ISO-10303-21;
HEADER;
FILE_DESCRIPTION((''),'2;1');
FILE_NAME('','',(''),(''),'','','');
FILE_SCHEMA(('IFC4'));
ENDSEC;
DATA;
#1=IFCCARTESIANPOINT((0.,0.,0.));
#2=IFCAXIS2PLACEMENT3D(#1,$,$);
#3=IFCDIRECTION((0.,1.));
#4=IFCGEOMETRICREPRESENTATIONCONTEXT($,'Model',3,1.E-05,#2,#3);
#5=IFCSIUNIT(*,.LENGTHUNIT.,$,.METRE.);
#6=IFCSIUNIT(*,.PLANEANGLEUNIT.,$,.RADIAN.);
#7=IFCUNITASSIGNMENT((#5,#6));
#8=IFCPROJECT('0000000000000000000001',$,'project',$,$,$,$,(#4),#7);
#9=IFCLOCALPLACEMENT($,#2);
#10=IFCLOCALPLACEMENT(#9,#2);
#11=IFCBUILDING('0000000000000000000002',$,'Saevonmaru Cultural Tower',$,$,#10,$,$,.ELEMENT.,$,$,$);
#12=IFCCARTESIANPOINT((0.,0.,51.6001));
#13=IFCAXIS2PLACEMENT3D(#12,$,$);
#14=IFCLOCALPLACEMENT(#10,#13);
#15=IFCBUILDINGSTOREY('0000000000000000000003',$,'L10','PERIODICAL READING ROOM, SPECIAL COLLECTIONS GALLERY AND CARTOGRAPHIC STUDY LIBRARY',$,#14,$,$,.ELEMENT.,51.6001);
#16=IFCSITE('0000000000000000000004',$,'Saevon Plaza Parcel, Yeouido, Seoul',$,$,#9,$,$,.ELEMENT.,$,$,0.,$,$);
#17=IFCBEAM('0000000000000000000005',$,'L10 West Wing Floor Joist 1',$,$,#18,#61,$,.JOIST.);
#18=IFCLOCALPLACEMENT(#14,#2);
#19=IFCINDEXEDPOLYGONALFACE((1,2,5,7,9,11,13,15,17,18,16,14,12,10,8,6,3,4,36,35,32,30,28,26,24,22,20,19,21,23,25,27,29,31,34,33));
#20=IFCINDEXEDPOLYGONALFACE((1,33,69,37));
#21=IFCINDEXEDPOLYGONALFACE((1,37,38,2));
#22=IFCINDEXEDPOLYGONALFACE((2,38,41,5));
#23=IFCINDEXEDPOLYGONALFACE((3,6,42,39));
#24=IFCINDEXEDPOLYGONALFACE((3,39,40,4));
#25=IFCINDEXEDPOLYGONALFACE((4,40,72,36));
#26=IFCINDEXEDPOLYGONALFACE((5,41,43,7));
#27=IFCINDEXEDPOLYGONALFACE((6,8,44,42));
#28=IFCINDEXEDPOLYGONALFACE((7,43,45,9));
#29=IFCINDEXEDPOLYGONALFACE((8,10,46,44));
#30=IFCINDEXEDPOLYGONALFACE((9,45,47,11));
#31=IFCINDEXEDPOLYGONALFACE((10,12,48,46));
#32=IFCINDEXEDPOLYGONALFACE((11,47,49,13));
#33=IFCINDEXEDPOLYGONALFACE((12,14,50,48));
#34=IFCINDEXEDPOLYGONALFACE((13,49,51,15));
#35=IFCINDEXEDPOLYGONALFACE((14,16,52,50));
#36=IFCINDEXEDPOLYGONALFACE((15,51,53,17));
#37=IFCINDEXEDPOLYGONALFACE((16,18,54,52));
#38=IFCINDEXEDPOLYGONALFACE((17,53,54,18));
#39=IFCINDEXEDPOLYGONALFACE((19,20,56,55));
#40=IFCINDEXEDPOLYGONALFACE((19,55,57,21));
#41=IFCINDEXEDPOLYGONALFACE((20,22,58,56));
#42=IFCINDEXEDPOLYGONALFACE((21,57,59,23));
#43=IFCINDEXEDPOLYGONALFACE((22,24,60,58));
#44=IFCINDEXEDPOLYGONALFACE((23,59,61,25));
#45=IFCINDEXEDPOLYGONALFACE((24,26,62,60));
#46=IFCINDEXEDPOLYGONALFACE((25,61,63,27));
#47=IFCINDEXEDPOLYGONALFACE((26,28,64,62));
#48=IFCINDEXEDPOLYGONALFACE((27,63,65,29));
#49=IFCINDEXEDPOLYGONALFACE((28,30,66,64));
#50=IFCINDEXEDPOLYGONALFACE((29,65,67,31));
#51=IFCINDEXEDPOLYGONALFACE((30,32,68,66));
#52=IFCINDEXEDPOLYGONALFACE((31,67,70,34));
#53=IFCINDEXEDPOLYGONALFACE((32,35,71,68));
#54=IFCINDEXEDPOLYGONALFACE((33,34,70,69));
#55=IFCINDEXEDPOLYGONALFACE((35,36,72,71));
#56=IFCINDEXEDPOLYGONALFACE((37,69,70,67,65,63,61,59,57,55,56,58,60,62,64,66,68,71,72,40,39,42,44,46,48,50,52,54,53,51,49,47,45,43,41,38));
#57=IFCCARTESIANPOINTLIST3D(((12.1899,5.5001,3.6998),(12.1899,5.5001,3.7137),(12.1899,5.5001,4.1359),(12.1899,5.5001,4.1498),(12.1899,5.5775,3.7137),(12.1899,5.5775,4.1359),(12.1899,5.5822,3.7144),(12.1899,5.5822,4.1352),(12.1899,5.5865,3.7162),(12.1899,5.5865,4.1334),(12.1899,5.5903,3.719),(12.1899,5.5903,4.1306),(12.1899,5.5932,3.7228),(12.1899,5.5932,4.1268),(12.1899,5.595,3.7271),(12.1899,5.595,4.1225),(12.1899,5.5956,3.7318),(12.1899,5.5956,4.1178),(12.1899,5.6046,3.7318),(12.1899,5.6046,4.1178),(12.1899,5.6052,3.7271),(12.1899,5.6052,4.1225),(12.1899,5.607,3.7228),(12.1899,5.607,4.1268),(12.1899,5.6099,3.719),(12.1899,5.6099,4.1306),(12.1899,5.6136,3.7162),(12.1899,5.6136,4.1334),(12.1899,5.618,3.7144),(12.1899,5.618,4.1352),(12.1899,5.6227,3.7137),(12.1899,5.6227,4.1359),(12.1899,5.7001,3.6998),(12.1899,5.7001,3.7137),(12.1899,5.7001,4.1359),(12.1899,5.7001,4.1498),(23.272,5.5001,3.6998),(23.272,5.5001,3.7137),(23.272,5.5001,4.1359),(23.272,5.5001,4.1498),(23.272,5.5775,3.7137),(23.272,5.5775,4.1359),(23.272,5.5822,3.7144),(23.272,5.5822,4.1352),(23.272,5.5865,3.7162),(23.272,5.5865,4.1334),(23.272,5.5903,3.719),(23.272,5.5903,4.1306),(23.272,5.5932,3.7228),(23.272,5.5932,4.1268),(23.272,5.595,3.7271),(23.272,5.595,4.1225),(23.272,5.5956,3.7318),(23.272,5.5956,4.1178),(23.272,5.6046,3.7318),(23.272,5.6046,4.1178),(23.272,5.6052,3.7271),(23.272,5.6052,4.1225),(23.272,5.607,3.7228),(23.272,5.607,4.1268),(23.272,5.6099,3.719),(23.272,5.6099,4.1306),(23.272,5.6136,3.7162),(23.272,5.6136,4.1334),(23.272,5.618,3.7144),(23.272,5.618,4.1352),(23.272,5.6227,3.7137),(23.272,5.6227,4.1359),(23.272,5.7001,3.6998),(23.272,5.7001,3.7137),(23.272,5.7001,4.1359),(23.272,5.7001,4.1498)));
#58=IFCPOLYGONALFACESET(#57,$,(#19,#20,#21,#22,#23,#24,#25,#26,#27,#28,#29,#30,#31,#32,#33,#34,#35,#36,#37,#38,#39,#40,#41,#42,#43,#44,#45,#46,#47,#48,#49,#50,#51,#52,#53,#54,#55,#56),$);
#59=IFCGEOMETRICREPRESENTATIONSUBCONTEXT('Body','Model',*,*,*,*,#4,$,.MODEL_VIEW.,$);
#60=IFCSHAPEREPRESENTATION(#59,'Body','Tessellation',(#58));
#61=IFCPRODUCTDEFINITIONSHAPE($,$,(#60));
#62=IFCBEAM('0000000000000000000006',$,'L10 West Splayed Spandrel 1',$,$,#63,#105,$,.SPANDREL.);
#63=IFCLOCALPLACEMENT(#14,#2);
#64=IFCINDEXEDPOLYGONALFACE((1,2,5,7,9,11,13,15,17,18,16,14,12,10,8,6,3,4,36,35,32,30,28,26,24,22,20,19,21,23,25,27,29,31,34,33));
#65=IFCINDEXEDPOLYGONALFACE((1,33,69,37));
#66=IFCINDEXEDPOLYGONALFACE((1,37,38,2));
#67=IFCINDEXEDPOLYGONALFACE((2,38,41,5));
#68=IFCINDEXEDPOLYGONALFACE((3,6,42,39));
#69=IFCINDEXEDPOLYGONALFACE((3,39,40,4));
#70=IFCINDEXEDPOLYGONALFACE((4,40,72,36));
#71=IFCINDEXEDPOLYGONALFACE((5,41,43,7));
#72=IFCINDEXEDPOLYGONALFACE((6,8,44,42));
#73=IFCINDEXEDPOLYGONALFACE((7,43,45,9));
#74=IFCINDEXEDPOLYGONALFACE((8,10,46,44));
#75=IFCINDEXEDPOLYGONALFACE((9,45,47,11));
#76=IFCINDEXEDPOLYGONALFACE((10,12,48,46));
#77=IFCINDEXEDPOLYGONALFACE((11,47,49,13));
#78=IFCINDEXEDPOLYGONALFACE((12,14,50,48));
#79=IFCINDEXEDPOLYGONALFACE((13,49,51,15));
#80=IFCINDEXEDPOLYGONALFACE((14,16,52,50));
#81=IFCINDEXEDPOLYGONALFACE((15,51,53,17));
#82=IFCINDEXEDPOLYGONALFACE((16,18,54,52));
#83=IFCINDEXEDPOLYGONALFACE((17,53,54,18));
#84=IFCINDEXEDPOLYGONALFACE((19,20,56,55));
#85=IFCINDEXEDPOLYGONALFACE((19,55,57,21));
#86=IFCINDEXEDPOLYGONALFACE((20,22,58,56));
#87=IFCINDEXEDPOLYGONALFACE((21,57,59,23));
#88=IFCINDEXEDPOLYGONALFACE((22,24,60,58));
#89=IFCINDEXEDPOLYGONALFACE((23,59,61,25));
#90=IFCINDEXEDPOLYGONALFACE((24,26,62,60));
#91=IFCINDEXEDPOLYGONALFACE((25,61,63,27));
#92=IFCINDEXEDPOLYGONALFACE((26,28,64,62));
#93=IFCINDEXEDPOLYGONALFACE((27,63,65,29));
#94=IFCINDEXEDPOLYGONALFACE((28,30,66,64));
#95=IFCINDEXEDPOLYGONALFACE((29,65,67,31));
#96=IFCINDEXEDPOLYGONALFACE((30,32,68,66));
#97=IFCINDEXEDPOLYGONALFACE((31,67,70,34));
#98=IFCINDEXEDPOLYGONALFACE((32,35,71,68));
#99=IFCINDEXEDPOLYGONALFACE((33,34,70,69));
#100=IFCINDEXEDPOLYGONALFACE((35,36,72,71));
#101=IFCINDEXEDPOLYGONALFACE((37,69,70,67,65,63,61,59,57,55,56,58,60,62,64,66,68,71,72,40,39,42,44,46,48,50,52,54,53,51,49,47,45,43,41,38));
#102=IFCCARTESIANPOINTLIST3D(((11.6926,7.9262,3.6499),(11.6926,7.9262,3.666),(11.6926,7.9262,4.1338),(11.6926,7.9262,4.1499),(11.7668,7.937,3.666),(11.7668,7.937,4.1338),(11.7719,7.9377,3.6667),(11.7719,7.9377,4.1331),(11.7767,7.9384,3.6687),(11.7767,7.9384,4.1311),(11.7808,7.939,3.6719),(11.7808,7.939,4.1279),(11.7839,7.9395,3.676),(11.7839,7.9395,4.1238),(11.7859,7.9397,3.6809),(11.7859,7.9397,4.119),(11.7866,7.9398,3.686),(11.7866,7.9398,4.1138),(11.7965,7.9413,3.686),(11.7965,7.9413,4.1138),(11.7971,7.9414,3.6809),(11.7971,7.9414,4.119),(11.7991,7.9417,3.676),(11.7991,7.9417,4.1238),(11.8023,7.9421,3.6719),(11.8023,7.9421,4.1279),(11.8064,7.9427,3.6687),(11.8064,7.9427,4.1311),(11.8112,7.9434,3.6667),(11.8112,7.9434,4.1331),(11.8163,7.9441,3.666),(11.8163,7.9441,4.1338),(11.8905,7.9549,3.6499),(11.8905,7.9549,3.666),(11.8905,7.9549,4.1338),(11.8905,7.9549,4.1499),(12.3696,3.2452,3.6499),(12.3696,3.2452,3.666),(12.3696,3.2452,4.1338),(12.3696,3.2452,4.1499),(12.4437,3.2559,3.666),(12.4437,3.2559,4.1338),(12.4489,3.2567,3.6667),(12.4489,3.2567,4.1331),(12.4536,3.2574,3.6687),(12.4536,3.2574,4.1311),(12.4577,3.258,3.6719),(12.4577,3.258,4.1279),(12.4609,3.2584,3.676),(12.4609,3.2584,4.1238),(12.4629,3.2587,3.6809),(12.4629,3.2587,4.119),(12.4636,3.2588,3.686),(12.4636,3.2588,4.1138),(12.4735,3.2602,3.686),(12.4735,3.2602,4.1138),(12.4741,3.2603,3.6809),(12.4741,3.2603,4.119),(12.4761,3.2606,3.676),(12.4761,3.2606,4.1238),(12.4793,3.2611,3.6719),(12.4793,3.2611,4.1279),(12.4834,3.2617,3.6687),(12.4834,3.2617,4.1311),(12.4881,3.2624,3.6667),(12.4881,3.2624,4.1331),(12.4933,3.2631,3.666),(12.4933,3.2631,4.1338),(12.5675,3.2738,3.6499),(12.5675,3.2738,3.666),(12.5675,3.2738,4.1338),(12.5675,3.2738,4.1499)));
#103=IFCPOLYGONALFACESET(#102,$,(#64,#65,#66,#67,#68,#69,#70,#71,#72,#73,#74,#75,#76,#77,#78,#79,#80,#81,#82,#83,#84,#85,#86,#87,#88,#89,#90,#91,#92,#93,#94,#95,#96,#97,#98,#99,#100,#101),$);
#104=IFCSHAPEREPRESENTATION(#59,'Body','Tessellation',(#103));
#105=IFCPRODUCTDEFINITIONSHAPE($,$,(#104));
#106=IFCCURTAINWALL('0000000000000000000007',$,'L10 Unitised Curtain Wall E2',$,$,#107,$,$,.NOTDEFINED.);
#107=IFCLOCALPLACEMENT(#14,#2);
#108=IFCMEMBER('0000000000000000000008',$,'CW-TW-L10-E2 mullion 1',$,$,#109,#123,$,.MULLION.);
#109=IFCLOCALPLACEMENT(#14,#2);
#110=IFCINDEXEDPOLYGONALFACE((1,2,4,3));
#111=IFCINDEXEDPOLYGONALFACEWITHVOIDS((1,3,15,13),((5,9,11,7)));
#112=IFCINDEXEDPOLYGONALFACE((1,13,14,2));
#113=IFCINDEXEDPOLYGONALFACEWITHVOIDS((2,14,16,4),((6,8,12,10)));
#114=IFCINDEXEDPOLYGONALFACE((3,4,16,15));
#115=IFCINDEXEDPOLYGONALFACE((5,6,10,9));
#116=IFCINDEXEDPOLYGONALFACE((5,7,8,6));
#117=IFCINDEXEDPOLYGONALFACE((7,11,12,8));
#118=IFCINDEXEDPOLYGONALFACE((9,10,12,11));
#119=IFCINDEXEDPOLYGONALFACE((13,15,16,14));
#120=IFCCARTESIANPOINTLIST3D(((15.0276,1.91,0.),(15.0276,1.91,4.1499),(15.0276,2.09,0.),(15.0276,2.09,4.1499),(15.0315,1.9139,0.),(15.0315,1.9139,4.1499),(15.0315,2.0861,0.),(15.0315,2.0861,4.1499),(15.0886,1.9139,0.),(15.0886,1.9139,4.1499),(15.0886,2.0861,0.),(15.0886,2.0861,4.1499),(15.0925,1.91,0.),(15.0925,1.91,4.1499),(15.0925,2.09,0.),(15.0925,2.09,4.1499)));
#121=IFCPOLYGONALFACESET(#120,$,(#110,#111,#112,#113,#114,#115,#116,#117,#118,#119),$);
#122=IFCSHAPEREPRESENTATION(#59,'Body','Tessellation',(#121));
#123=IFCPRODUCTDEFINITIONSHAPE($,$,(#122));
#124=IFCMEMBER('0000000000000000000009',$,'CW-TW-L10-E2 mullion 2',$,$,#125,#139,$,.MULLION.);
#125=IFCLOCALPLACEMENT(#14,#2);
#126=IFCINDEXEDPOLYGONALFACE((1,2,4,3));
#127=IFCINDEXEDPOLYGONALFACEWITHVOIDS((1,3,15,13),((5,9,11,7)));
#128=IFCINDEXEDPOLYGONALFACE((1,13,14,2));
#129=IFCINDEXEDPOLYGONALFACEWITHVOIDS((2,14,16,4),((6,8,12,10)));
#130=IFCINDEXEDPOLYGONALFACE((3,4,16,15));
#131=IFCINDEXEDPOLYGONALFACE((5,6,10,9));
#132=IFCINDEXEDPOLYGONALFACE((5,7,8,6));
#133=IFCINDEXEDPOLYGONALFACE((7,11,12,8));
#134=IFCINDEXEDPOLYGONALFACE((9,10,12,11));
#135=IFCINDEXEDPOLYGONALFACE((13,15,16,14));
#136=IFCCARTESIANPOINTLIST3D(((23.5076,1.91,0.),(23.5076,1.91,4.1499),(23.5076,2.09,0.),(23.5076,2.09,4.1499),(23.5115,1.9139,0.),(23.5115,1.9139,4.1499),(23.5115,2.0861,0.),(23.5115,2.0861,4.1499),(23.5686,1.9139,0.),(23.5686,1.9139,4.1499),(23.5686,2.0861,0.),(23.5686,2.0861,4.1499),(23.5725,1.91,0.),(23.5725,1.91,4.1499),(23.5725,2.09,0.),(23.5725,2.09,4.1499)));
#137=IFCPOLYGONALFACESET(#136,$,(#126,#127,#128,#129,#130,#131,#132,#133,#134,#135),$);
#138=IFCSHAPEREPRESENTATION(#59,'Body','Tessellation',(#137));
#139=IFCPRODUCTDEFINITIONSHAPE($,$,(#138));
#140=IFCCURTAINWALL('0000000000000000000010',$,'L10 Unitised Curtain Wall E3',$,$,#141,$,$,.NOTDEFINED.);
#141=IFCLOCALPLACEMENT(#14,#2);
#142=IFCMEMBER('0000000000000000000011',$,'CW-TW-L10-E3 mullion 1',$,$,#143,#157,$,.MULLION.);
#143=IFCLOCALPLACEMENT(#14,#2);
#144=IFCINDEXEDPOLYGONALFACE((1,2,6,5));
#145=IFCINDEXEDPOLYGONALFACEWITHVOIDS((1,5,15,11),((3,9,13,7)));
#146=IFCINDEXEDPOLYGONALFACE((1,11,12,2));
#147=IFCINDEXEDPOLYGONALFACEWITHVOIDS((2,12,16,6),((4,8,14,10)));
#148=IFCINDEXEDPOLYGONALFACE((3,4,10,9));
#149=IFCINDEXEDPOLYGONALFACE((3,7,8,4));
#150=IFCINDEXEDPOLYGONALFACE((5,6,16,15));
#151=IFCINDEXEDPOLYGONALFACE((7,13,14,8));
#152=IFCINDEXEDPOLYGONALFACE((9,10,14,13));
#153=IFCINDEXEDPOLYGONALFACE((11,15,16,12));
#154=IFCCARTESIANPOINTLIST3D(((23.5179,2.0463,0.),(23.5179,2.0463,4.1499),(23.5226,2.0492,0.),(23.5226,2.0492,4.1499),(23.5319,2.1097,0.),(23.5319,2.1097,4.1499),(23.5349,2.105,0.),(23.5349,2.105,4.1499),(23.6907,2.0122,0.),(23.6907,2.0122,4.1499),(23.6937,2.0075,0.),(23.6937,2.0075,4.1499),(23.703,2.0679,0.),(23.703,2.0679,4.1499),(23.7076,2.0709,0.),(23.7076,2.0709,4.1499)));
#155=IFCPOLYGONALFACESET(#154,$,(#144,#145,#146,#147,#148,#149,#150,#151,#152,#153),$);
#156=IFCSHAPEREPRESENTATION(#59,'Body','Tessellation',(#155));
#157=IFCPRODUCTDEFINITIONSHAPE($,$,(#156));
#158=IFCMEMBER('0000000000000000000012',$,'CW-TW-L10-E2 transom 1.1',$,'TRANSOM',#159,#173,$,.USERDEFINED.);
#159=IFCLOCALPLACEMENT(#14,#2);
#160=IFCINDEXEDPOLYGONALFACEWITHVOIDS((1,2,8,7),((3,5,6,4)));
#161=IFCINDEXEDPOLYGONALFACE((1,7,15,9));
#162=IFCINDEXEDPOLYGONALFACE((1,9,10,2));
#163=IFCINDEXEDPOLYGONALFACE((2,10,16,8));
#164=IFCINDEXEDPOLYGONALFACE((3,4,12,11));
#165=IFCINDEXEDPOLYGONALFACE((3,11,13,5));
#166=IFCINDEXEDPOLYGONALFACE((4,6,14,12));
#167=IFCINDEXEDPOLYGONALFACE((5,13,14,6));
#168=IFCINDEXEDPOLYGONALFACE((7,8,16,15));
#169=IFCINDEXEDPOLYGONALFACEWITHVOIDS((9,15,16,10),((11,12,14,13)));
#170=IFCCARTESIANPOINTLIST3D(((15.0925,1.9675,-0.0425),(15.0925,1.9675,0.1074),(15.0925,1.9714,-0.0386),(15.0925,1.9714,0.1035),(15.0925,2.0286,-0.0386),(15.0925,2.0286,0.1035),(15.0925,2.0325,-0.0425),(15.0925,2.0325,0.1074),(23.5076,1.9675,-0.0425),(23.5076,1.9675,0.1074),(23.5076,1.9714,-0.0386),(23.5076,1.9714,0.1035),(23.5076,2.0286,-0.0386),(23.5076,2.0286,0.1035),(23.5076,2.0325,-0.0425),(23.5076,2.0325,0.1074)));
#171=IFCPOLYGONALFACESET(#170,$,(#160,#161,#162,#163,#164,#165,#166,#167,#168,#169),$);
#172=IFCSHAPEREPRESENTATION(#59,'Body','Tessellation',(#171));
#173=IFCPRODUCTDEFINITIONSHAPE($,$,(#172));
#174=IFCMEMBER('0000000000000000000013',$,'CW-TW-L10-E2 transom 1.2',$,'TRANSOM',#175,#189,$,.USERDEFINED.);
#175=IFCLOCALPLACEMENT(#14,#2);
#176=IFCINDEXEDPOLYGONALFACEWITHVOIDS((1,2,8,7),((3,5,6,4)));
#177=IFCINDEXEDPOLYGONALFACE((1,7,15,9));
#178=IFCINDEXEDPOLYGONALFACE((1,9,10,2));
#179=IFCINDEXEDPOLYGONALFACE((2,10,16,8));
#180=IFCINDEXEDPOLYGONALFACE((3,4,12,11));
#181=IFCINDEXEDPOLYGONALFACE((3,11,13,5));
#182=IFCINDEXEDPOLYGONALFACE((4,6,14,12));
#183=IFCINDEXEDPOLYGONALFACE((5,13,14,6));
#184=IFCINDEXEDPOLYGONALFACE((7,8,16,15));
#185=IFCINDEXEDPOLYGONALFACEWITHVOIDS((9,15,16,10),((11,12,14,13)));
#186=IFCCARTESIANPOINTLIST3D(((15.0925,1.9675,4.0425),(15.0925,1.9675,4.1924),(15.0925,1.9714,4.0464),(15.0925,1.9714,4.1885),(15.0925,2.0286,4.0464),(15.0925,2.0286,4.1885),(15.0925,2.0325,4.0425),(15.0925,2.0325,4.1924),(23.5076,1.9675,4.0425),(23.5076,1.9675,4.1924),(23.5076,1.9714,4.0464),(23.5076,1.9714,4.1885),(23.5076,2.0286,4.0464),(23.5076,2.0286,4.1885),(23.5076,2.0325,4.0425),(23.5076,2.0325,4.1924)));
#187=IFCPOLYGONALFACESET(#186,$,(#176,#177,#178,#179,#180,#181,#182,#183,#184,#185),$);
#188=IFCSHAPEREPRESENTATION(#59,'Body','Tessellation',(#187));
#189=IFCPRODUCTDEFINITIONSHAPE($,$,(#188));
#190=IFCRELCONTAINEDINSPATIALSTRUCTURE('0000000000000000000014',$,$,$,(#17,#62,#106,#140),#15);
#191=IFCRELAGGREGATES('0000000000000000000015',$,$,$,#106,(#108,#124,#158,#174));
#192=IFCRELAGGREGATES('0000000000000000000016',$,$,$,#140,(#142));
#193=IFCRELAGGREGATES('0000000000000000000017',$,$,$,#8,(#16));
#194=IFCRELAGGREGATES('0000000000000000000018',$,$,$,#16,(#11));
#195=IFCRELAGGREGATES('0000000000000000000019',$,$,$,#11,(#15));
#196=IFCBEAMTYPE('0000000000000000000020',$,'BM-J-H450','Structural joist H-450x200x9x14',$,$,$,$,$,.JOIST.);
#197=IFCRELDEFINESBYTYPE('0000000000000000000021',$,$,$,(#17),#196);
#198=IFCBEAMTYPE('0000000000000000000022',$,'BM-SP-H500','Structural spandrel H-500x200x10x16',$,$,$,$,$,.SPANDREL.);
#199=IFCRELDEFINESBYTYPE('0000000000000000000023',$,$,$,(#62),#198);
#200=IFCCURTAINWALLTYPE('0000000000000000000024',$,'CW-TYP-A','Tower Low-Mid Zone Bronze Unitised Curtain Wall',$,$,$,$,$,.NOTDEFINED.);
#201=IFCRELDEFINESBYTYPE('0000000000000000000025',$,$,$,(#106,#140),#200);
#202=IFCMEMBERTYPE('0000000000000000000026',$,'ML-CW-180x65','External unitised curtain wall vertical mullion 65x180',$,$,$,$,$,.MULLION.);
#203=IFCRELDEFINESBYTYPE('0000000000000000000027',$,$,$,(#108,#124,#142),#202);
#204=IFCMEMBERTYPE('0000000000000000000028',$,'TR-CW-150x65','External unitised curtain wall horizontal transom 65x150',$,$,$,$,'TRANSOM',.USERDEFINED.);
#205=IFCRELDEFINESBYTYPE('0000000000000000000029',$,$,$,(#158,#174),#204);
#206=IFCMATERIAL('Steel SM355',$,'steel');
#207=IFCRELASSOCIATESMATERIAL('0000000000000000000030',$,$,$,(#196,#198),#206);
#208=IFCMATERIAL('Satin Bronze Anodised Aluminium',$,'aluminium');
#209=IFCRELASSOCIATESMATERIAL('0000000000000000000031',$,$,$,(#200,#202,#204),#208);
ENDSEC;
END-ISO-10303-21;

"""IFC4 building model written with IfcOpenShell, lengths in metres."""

from ifc_helpers import new_model, si_unit, direction, frame, origin, origin_2d, place, context, subcontext, project, spatial, hollow_rectangle, i_section, extrude, material, material_profile, profile_set, type_object, element, aggregate, save


model = new_model("IFC4")

# Units and contexts
model_context = context("Model", 3, precision=1e-05, world=origin(), true_north=direction((0.0, 1.0)))
body_context = subcontext(model_context, "Body", "Model", "MODEL_VIEW")
ifc_project = project(units=[si_unit("LENGTHUNIT", "METRE"), si_unit("PLANEANGLEUNIT", "RADIAN")], contexts=[model_context])

# Site, building, storey
site_placement = place(None, origin())
site = spatial("IfcSite", under=ifc_project, at=site_placement, Name="Saevon Plaza Parcel, Yeouido, Seoul", CompositionType="ELEMENT", RefElevation=0.0)
building_placement = place(site_placement, origin())
building = spatial("IfcBuilding", under=site, at=building_placement, Name="Saevonmaru Cultural Tower", CompositionType="ELEMENT")
storey_placement = place(building_placement, frame((0.0, 0.0, 51.6001)))
storey = spatial("IfcBuildingStorey", under=building, at=storey_placement, Name="L10", Description="PERIODICAL READING ROOM, SPECIAL COLLECTIONS GALLERY AND CARTOGRAPHIC STUDY LIBRARY", CompositionType="ELEMENT", Elevation=51.6001)

# Beams
ifc_material_1 = material(Name="Steel SM355", Category="steel")
ifc_material_profile_1 = material_profile(ifc_material_1, i_section(OverallWidth=0.2, OverallDepth=0.45, WebThickness=0.009, FlangeThickness=0.0139, FilletRadius=0.0181, at=origin_2d()), Name="H-450x200x9x14")
ifc_profile_set_1 = profile_set([ifc_material_profile_1], Name="Steel SM355")
beam_type_1 = type_object("IfcBeamType", Name="BM-J-H450", Description="Structural joist H-450x200x9x14", PredefinedType="JOIST", material=ifc_profile_set_1)
beam_1_placement = place(storey_placement, frame((12.1899, 5.6001, 3.9248), z_axis=(1.0, 0.0, 0.0), x_axis=(0.0, 1.0, 0.0)))
element("IfcBeam", 1, at=beam_1_placement, inside=storey, type_object=beam_type_1, Name="L10 West Wing Floor Joist 1", PredefinedType="JOIST", context=body_context, shape_type="SweptSolid", body=[
    extrude(i_section(OverallWidth=0.2, OverallDepth=0.45, WebThickness=0.009, FlangeThickness=0.0139, FilletRadius=0.0181, at=origin_2d()), origin(), (0.0, 0.0, 1.0), 11.082),
])
ifc_material_profile_2 = material_profile(ifc_material_1, i_section(OverallWidth=0.2, OverallDepth=0.5, WebThickness=0.01, FlangeThickness=0.0161, FilletRadius=0.02, at=origin_2d()), Name="H-500x200x10x16")
ifc_profile_set_2 = profile_set([ifc_material_profile_2], Name="Steel SM355")
beam_type_2 = type_object("IfcBeamType", Name="BM-SP-H500", Description="Structural spandrel H-500x200x10x16", PredefinedType="SPANDREL", material=ifc_profile_set_2)
beam_2_placement = place(storey_placement, frame((12.4685, 3.2595, 3.8999), z_axis=(-0.143134, 0.989703, 0.0), x_axis=(-0.989703, -0.143134, 0.0)))
element("IfcBeam", 2, at=beam_2_placement, inside=storey, type_object=beam_type_2, Name="L10 West Splayed Spandrel 1", PredefinedType="SPANDREL", context=body_context, shape_type="SweptSolid", body=[
    extrude(i_section(OverallWidth=0.2, OverallDepth=0.5, WebThickness=0.01, FlangeThickness=0.0161, FilletRadius=0.02, at=origin_2d()), origin(), (0.0, 0.0, 1.0), 4.7297),
])

# Curtain wall, members
ifc_material_2 = material(Name="Satin Bronze Anodised Aluminium", Category="aluminium")
curtain_wall_type = type_object("IfcCurtainWallType", Name="CW-TYP-A", Description="Tower Low-Mid Zone Bronze Unitised Curtain Wall", PredefinedType="NOTDEFINED", material=ifc_material_2)
curtain_wall_1_placement = place(storey_placement, origin())
curtain_wall_1 = element("IfcCurtainWall", 3, at=curtain_wall_1_placement, inside=storey, type_object=curtain_wall_type, Name="L10 Unitised Curtain Wall E2", PredefinedType="NOTDEFINED")
ifc_material_profile_3 = material_profile(ifc_material_2, hollow_rectangle(XDim=0.0649, YDim=0.1799, WallThickness=0.0039, at=origin_2d()), Name="ALU-MULL-180x65x4")
ifc_profile_set_3 = profile_set([ifc_material_profile_3], Name="Satin Bronze Anodised Aluminium")
member_type_1 = type_object("IfcMemberType", Name="ML-CW-180x65", Description="External unitised curtain wall vertical mullion 65x180", PredefinedType="MULLION", material=ifc_profile_set_3)
member_1_placement = place(storey_placement, frame((15.0601, 2.0, 0.0), z_axis=(0.0, 0.0, 1.0), x_axis=(1.0, 0.0, 0.0)))
member_1 = element("IfcMember", 4, at=member_1_placement, type_object=member_type_1, Name="CW-TW-L10-E2 mullion 1", PredefinedType="MULLION", context=body_context, shape_type="SweptSolid", body=[
    extrude(hollow_rectangle(XDim=0.0649, YDim=0.1799, WallThickness=0.0039, at=origin_2d()), origin(), (0.0, 0.0, 1.0), 4.1499),
])
member_2_placement = place(storey_placement, frame((23.54, 2.0, 0.0), z_axis=(0.0, 0.0, 1.0), x_axis=(1.0, 0.0, 0.0)))
member_2 = element("IfcMember", 5, at=member_2_placement, type_object=member_type_1, Name="CW-TW-L10-E2 mullion 2", PredefinedType="MULLION", context=body_context, shape_type="SweptSolid", body=[
    extrude(hollow_rectangle(XDim=0.0649, YDim=0.1799, WallThickness=0.0039, at=origin_2d()), origin(), (0.0, 0.0, 1.0), 4.1499),
])

# Curtain wall, member
curtain_wall_2_placement = place(storey_placement, origin())
curtain_wall_2 = element("IfcCurtainWall", 6, at=curtain_wall_2_placement, inside=storey, type_object=curtain_wall_type, Name="L10 Unitised Curtain Wall E3", PredefinedType="NOTDEFINED")
member_3_placement = place(storey_placement, frame((23.6128, 2.0586, 0.0), z_axis=(0.0, 0.0, 1.0), x_axis=(0.215413, 0.976523, 0.0)))
member_3 = element("IfcMember", 7, at=member_3_placement, type_object=member_type_1, Name="CW-TW-L10-E3 mullion 1", PredefinedType="MULLION", context=body_context, shape_type="SweptSolid", body=[
    extrude(hollow_rectangle(XDim=0.0649, YDim=0.1799, WallThickness=0.0039, at=origin_2d()), origin(), (0.0, 0.0, 1.0), 4.1499),
])

# Members
ifc_material_profile_4 = material_profile(ifc_material_2, hollow_rectangle(XDim=0.0649, YDim=0.1499, WallThickness=0.0039, at=origin_2d()), Name="ALU-TRAN-150x65x4")
ifc_profile_set_4 = profile_set([ifc_material_profile_4], Name="Satin Bronze Anodised Aluminium")
member_type_2 = type_object("IfcMemberType", Name="TR-CW-150x65", Description="External unitised curtain wall horizontal transom 65x150", ElementType="TRANSOM", PredefinedType="USERDEFINED", material=ifc_profile_set_4)
member_4_placement = place(storey_placement, frame((15.0925, 2.0, 0.0325), z_axis=(1.0, 0.0, 0.0), x_axis=(0.0, 1.0, 0.0)))
member_4 = element("IfcMember", 8, at=member_4_placement, type_object=member_type_2, Name="CW-TW-L10-E2 transom 1.1", ObjectType="TRANSOM", PredefinedType="USERDEFINED", context=body_context, shape_type="SweptSolid", body=[
    extrude(hollow_rectangle(XDim=0.0649, YDim=0.1499, WallThickness=0.0039, at=origin_2d()), origin(), (0.0, 0.0, 1.0), 8.415),
])
member_5_placement = place(storey_placement, frame((15.0925, 2.0, 4.1174), z_axis=(1.0, 0.0, 0.0), x_axis=(0.0, 1.0, 0.0)))
member_5 = element("IfcMember", 9, at=member_5_placement, type_object=member_type_2, Name="CW-TW-L10-E2 transom 1.2", ObjectType="TRANSOM", PredefinedType="USERDEFINED", context=body_context, shape_type="SweptSolid", body=[
    extrude(hollow_rectangle(XDim=0.0649, YDim=0.1499, WallThickness=0.0039, at=origin_2d()), origin(), (0.0, 0.0, 1.0), 8.415),
])

aggregate(curtain_wall_1, [member_1, member_2, member_4, member_5])
aggregate(curtain_wall_2, [member_3])

save(model, "model.ifc")
